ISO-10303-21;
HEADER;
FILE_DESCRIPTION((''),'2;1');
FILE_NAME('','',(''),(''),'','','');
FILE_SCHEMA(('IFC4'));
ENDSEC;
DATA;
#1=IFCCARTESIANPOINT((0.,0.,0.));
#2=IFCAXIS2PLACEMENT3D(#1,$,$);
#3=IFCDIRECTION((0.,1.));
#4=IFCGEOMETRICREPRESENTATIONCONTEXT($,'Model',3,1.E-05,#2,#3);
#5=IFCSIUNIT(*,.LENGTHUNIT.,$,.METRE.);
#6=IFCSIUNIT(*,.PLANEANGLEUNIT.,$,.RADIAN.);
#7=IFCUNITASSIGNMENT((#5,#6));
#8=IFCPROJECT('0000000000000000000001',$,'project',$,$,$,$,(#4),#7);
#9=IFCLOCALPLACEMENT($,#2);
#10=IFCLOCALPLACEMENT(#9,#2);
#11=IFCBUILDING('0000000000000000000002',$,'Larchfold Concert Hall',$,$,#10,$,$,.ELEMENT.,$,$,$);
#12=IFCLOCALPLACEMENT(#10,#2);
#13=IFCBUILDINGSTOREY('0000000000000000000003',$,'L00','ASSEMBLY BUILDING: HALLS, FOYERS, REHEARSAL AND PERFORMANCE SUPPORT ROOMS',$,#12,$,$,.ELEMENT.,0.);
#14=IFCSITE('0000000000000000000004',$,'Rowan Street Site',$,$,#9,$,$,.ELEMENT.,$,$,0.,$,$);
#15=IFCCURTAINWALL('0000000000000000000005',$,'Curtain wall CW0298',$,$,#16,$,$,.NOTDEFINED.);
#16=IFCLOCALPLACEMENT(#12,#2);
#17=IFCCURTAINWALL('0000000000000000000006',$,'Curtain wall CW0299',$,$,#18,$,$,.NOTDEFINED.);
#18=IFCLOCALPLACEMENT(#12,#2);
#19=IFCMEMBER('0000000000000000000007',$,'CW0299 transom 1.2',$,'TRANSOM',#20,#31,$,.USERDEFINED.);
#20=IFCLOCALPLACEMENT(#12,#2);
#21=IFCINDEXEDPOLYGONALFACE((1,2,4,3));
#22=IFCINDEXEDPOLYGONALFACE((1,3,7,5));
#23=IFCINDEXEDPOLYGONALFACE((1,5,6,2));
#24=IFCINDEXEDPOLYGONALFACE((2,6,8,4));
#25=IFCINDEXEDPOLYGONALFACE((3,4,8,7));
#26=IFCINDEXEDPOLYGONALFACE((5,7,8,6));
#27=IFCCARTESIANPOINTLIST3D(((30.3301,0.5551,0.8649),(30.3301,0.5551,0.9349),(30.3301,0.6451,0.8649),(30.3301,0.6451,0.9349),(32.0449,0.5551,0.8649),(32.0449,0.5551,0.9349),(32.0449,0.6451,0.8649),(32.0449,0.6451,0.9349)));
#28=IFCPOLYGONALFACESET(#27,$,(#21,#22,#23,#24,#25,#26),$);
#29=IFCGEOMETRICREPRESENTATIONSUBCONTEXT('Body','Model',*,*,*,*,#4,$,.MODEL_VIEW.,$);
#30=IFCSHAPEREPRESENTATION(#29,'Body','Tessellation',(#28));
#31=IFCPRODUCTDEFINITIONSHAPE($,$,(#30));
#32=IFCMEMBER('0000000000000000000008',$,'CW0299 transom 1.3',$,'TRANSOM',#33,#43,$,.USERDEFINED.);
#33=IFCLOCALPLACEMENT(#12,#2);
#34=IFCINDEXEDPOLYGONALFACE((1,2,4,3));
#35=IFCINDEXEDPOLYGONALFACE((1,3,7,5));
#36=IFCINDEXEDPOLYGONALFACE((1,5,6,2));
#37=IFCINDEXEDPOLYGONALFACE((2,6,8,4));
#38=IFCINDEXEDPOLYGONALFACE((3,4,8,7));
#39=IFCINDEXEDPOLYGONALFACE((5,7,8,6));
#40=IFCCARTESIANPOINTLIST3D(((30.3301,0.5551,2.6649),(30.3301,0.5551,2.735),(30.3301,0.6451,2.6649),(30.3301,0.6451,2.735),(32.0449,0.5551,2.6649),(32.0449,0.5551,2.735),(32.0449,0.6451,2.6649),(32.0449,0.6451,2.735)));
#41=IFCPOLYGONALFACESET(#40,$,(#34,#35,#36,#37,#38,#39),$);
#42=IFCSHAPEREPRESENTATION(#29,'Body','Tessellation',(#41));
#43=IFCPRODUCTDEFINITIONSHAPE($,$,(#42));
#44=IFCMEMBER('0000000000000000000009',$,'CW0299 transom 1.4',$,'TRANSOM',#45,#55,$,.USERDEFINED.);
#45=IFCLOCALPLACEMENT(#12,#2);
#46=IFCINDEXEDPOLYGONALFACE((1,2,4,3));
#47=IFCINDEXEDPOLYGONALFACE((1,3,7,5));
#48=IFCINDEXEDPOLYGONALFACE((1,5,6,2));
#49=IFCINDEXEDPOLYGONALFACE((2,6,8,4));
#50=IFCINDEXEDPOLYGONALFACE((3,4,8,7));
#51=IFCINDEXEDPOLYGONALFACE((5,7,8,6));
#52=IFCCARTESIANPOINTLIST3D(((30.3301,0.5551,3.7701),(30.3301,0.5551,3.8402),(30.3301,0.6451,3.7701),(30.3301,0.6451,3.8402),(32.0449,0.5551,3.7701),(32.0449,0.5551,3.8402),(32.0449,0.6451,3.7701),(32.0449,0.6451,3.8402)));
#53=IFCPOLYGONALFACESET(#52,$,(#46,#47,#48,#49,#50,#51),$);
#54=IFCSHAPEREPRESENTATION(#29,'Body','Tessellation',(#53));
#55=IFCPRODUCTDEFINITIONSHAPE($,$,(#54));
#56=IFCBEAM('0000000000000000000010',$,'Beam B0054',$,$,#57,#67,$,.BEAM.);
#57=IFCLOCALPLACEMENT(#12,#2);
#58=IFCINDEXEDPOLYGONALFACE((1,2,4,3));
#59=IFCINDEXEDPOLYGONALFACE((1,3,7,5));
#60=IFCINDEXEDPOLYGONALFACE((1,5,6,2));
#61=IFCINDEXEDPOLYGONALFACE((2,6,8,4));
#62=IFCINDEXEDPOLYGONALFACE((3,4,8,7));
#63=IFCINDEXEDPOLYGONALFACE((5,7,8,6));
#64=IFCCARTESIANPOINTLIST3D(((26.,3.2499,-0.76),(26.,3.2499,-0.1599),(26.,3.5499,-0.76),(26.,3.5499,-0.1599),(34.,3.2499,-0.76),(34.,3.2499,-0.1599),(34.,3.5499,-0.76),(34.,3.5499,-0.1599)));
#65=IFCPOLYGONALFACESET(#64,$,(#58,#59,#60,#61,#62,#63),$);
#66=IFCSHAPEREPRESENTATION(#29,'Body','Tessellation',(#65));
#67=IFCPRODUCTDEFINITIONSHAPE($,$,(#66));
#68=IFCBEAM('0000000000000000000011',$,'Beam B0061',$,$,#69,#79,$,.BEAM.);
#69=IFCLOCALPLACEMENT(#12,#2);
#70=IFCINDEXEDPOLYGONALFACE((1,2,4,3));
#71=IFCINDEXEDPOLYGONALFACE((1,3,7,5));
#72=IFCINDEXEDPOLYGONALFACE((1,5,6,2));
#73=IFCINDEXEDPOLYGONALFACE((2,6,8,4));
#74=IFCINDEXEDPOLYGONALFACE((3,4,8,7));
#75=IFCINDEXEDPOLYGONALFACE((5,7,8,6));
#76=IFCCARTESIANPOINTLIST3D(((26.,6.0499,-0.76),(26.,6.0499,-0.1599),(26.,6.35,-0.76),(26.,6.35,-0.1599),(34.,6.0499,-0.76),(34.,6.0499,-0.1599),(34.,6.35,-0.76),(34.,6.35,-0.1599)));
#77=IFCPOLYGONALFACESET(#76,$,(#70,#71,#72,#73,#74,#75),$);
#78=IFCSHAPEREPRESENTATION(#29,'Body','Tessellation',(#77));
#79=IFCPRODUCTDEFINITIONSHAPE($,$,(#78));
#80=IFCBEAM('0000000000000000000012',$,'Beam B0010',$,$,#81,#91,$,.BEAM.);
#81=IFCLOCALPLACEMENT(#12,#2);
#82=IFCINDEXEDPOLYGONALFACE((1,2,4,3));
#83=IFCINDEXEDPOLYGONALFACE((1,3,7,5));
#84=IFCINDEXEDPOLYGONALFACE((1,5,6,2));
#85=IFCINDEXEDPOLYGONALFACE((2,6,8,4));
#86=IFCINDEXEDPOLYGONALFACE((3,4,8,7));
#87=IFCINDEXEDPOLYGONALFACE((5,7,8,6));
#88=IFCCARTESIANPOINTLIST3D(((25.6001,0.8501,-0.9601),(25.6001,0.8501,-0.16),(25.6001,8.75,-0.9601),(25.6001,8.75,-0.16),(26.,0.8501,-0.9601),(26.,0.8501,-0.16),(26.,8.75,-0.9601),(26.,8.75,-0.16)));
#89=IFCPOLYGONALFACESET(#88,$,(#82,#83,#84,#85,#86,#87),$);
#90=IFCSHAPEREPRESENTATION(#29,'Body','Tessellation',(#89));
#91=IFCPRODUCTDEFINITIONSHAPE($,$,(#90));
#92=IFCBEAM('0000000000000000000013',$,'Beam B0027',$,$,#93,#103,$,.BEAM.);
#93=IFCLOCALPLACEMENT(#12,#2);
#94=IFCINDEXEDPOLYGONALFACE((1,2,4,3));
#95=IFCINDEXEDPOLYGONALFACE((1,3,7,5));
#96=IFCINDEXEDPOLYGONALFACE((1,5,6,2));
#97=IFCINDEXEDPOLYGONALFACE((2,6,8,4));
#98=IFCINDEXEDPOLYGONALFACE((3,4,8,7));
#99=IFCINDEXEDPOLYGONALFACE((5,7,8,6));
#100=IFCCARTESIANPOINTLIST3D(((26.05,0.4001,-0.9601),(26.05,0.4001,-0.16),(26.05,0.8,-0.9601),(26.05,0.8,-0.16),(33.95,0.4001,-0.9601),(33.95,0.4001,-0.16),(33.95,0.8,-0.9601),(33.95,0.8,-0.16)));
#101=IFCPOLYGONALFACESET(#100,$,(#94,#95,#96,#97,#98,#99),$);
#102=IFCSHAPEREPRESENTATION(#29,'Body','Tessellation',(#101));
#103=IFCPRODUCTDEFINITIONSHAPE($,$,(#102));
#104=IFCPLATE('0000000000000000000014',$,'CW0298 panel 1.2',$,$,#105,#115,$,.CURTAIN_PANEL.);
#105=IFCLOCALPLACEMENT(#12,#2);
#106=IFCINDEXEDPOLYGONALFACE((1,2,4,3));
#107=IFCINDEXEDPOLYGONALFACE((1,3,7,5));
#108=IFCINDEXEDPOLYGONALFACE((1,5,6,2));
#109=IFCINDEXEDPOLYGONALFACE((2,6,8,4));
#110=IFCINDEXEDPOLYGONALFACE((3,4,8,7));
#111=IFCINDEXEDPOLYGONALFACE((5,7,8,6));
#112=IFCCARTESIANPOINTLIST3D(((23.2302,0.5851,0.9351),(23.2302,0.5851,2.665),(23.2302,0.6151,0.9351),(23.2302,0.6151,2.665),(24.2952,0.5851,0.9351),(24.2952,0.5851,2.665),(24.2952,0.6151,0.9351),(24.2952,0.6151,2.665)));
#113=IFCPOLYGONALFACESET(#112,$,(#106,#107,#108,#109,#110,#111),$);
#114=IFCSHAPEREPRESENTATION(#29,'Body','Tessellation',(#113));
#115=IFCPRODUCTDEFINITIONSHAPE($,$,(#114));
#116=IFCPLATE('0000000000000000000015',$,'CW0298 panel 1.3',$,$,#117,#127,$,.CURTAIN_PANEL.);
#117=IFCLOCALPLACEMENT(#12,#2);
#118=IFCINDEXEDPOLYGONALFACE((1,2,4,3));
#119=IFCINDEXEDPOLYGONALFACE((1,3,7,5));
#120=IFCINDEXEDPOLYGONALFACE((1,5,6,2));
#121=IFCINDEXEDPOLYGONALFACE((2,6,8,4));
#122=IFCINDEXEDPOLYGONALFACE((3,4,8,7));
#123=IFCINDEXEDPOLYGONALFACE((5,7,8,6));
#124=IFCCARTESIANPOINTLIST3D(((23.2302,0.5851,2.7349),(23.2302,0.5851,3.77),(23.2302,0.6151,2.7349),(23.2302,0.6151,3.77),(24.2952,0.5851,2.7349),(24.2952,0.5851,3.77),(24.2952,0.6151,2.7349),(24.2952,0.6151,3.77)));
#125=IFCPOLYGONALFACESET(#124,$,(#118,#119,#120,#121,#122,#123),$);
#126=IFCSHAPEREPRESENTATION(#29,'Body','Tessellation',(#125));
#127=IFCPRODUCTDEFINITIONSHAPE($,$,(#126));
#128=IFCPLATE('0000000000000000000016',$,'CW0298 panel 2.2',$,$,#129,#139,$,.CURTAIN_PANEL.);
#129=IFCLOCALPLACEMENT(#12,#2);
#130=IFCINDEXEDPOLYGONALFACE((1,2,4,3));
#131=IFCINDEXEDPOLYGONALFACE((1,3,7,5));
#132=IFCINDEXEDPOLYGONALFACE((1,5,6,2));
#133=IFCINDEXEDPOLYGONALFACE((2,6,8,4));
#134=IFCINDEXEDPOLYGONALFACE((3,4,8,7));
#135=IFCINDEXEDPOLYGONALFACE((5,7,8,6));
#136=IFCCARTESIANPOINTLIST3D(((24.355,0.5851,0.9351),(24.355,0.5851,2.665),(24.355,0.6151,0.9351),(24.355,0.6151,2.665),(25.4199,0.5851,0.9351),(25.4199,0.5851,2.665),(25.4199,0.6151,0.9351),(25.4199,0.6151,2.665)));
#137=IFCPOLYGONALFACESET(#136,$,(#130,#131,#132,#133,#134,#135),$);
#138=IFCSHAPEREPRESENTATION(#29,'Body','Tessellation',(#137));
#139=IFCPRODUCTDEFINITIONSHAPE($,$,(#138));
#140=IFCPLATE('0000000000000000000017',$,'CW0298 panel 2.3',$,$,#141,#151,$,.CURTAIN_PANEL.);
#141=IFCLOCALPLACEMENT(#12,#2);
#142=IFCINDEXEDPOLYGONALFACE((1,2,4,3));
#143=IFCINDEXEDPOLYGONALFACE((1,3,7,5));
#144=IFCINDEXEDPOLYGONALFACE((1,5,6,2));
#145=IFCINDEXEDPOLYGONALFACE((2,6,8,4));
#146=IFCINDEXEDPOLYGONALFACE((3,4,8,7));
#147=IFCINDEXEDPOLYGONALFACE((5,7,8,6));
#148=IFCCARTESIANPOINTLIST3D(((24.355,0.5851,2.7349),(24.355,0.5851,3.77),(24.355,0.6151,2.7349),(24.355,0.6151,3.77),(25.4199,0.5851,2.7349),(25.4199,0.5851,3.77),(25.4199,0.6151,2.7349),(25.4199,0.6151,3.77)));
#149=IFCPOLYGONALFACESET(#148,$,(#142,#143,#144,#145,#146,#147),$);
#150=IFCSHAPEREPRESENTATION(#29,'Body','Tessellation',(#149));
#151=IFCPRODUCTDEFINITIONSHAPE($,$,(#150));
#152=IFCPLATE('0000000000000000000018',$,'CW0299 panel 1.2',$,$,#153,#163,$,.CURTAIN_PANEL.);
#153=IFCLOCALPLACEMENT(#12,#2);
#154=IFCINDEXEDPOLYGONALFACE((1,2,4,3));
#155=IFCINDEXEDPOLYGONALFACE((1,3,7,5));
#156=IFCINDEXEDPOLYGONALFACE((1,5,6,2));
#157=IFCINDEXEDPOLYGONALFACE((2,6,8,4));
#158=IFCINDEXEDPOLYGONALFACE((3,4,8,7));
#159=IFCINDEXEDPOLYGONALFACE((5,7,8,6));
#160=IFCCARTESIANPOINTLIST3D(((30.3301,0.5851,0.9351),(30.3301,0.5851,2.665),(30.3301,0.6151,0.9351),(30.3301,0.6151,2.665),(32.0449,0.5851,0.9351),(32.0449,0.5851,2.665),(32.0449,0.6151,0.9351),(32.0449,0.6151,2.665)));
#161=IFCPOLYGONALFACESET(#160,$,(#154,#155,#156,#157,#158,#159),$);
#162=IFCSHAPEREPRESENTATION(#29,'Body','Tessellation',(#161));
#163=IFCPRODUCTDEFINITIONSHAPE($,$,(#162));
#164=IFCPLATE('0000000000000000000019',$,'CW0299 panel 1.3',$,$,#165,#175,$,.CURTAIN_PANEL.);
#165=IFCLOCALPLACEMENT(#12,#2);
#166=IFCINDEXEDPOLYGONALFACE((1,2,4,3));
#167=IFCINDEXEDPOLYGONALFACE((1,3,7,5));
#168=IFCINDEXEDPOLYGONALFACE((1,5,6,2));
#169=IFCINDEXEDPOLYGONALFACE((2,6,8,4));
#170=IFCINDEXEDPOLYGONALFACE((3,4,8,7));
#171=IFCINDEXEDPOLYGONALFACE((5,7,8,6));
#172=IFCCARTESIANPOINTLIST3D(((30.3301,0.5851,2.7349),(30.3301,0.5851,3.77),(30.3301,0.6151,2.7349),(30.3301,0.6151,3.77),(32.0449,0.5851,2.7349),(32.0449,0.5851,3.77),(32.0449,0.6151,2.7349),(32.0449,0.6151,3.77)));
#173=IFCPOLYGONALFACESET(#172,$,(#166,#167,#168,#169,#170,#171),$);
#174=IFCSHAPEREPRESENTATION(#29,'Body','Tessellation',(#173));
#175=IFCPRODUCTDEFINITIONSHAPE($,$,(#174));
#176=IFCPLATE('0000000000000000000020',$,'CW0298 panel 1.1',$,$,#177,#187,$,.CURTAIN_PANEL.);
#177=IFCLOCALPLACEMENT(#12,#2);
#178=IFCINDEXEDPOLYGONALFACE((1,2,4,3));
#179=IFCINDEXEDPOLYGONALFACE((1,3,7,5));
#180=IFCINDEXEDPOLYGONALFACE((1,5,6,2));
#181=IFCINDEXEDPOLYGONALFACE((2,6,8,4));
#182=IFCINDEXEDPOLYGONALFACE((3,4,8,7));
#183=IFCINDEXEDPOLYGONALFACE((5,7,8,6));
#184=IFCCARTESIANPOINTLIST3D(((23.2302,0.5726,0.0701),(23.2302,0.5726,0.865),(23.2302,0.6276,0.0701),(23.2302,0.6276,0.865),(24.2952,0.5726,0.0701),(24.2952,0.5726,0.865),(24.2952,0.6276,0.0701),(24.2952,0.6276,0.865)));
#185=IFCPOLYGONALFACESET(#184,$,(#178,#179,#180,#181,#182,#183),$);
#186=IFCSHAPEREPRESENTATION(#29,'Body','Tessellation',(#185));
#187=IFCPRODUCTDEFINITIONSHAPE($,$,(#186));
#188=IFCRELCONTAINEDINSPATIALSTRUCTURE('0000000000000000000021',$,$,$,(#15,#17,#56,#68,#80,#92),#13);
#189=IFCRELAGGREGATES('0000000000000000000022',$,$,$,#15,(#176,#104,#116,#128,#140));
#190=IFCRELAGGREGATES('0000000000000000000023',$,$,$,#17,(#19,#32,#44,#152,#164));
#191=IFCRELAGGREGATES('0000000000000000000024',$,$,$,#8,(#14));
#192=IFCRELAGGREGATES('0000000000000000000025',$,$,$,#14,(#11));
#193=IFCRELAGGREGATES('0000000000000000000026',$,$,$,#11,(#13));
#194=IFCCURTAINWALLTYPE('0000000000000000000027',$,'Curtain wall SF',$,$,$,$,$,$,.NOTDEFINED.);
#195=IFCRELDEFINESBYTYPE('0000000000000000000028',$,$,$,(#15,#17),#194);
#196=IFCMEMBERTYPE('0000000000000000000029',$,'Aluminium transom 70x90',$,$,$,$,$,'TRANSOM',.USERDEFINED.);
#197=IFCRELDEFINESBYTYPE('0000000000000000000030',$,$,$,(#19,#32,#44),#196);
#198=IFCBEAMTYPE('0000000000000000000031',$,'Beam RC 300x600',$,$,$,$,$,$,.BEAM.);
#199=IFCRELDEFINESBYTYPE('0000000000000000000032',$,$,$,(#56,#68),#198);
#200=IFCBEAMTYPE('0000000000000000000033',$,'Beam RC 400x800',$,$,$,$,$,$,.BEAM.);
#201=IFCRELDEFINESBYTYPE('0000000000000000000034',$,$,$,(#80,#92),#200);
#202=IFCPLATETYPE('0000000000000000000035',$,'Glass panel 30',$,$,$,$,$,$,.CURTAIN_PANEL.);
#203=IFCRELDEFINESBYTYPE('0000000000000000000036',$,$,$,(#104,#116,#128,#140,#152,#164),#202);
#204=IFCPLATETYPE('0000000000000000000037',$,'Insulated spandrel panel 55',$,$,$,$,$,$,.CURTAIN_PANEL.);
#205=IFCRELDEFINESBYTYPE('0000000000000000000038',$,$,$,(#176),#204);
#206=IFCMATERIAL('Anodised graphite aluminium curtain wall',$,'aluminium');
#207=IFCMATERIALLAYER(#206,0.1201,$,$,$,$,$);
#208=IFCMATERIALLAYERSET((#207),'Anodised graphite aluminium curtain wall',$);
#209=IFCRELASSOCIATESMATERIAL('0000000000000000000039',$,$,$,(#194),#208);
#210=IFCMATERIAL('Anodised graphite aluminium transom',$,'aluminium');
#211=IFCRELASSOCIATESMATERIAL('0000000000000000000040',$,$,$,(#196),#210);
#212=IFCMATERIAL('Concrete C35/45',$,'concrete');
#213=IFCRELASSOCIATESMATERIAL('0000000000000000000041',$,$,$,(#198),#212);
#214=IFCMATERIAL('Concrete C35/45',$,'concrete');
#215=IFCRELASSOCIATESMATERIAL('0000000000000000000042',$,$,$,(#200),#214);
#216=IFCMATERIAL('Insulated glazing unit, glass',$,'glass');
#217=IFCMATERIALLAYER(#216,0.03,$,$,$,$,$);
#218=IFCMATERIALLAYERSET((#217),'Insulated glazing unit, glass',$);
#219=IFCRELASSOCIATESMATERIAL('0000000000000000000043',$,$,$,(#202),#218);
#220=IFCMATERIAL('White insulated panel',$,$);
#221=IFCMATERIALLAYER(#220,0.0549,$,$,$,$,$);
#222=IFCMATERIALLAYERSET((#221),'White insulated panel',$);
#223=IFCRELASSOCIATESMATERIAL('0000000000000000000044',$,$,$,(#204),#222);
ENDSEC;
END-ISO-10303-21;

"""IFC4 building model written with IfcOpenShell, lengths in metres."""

from ifc_helpers import new_model, si_unit, direction, frame, origin, origin_2d, place, context, subcontext, project, spatial, rectangle, extrude, material, layer, layer_set, material_profile, profile_set, type_object, element, aggregate, save


model = new_model("IFC4")

# Units and contexts
model_context = context("Model", 3, precision=1e-05, world=origin(), true_north=direction((0.0, 1.0)))
body_context = subcontext(model_context, "Body", "Model", "MODEL_VIEW")
ifc_project = project(units=[si_unit("LENGTHUNIT", "METRE"), si_unit("PLANEANGLEUNIT", "RADIAN")], contexts=[model_context])

# Site, building, storey
site_placement = place(None, origin())
site = spatial("IfcSite", under=ifc_project, at=site_placement, Name="Rowan Street Site", CompositionType="ELEMENT", RefElevation=0.0)
building_placement = place(site_placement, origin())
building = spatial("IfcBuilding", under=site, at=building_placement, Name="Larchfold Concert Hall", CompositionType="ELEMENT")
storey_placement = place(building_placement, origin())
storey = spatial("IfcBuildingStorey", under=building, at=storey_placement, Name="L00", Description="ASSEMBLY BUILDING: HALLS, FOYERS, REHEARSAL AND PERFORMANCE SUPPORT ROOMS", CompositionType="ELEMENT", Elevation=0.0)

# Curtain wall
ifc_material_1 = material(Name="Anodised graphite aluminium curtain wall", Category="aluminium")
ifc_layer_1 = layer(ifc_material_1, 0.1201)
ifc_layer_set_1 = layer_set([ifc_layer_1], Name="Anodised graphite aluminium curtain wall")
curtain_wall_type = type_object("IfcCurtainWallType", Name="Curtain wall SF", PredefinedType="NOTDEFINED", material=ifc_layer_set_1)
curtain_wall_1_placement = place(storey_placement, origin())
curtain_wall_1 = element("IfcCurtainWall", 1, at=curtain_wall_1_placement, inside=storey, type_object=curtain_wall_type, Name="Curtain wall CW0298", PredefinedType="NOTDEFINED")

# Curtain wall
curtain_wall_2_placement = place(storey_placement, origin())
curtain_wall_2 = element("IfcCurtainWall", 2, at=curtain_wall_2_placement, inside=storey, type_object=curtain_wall_type, Name="Curtain wall CW0299", PredefinedType="NOTDEFINED")

# Members
ifc_material_2 = material(Name="Anodised graphite aluminium transom", Category="aluminium")
ifc_material_profile_1 = material_profile(ifc_material_2, rectangle(XDim=0.0901, YDim=0.0701, at=origin_2d()))
ifc_profile_set_1 = profile_set([ifc_material_profile_1], Name="Anodised graphite aluminium transom")
member_type_1 = type_object("IfcMemberType", Name="Aluminium transom 70x90", ElementType="TRANSOM", PredefinedType="USERDEFINED", material=ifc_profile_set_1)
member_1_placement = place(storey_placement, frame((30.3301, 0.6001, 0.8999), z_axis=(1.0, 0.0, 0.0), x_axis=(0.0, 1.0, 0.0)))
member_1 = element("IfcMember", 3, at=member_1_placement, type_object=member_type_1, Name="CW0299 transom 1.2", ObjectType="TRANSOM", PredefinedType="USERDEFINED", context=body_context, shape_type="SweptSolid", body=[
    extrude(rectangle(XDim=0.0901, YDim=0.0701, at=origin_2d()), origin(), (0.0, 0.0, 1.0), 1.7148),
])
member_2_placement = place(storey_placement, frame((30.3301, 0.6001, 2.7), z_axis=(1.0, 0.0, 0.0), x_axis=(0.0, 1.0, 0.0)))
member_2 = element("IfcMember", 4, at=member_2_placement, type_object=member_type_1, Name="CW0299 transom 1.3", ObjectType="TRANSOM", PredefinedType="USERDEFINED", context=body_context, shape_type="SweptSolid", body=[
    extrude(rectangle(XDim=0.0901, YDim=0.0701, at=origin_2d()), origin(), (0.0, 0.0, 1.0), 1.7148),
])
member_3_placement = place(storey_placement, frame((30.3301, 0.6001, 3.8052), z_axis=(1.0, 0.0, 0.0), x_axis=(0.0, 1.0, 0.0)))
member_3 = element("IfcMember", 5, at=member_3_placement, type_object=member_type_1, Name="CW0299 transom 1.4", ObjectType="TRANSOM", PredefinedType="USERDEFINED", context=body_context, shape_type="SweptSolid", body=[
    extrude(rectangle(XDim=0.0901, YDim=0.0701, at=origin_2d()), origin(), (0.0, 0.0, 1.0), 1.7148),
])

# Beams
ifc_material_3 = material(Name="Concrete C35/45", Category="concrete")
ifc_material_profile_2 = material_profile(ifc_material_3, rectangle(XDim=0.3, YDim=0.6001, at=origin_2d()))
ifc_profile_set_2 = profile_set([ifc_material_profile_2], Name="Concrete C35/45")
beam_type_1 = type_object("IfcBeamType", Name="Beam RC 300x600", PredefinedType="BEAM", material=ifc_profile_set_2)
for number, where, z_axis, x_axis, name in (
    (6, (26.0, 3.3999, -0.46), (1.0, 0.0, 0.0), (0.0, 1.0, 0.0), "Beam B0054"),
    (7, (26.0, 6.2, -0.46), (1.0, 0.0, 0.0), (0.0, 1.0, 0.0), "Beam B0061"),
):
    element("IfcBeam", number, at=place(storey_placement, frame(where, z_axis=z_axis, x_axis=x_axis)), inside=storey, type_object=beam_type_1, Name=name, PredefinedType="BEAM", context=body_context, shape_type="SweptSolid", body=[
        extrude(rectangle(XDim=0.3, YDim=0.6001, at=origin_2d()), origin(), (0.0, 0.0, 1.0), 8.0),
    ])
ifc_material_4 = material(Name="Concrete C35/45", Category="concrete")
ifc_material_profile_3 = material_profile(ifc_material_4, rectangle(XDim=0.3999, YDim=0.8, at=origin_2d()))
ifc_profile_set_3 = profile_set([ifc_material_profile_3], Name="Concrete C35/45")
beam_type_2 = type_object("IfcBeamType", Name="Beam RC 400x800", PredefinedType="BEAM", material=ifc_profile_set_3)
for number, where, z_axis, x_axis, name in (
    (8, (25.8, 0.8501, -0.5601), (0.0, 1.0, 0.0), (-1.0, 0.0, 0.0), "Beam B0010"),
    (9, (26.05, 0.6001, -0.5601), (1.0, 0.0, 0.0), (0.0, 1.0, 0.0), "Beam B0027"),
):
    element("IfcBeam", number, at=place(storey_placement, frame(where, z_axis=z_axis, x_axis=x_axis)), inside=storey, type_object=beam_type_2, Name=name, PredefinedType="BEAM", context=body_context, shape_type="SweptSolid", body=[
        extrude(rectangle(XDim=0.3999, YDim=0.8, at=origin_2d()), origin(), (0.0, 0.0, 1.0), 7.8999),
    ])

# Plates
ifc_material_5 = material(Name="Insulated glazing unit, glass", Category="glass")
ifc_layer_2 = layer(ifc_material_5, 0.03)
ifc_layer_set_2 = layer_set([ifc_layer_2], Name="Insulated glazing unit, glass")
plate_type_1 = type_object("IfcPlateType", Name="Glass panel 30", PredefinedType="CURTAIN_PANEL", material=ifc_layer_set_2)
plate_1_placement = place(storey_placement, frame((23.7627, 0.6001, 0.9351), z_axis=(0.0, 0.0, 1.0), x_axis=(1.0, 0.0, 0.0)))
plate_1 = element("IfcPlate", 10, at=plate_1_placement, type_object=plate_type_1, Name="CW0298 panel 1.2", PredefinedType="CURTAIN_PANEL", context=body_context, shape_type="SweptSolid", body=[
    extrude(rectangle(XDim=1.0649, YDim=0.03, at=origin_2d()), origin(), (0.0, 0.0, 1.0), 1.73),
])
plate_2_placement = place(storey_placement, frame((23.7627, 0.6001, 2.7349), z_axis=(0.0, 0.0, 1.0), x_axis=(1.0, 0.0, 0.0)))
plate_2 = element("IfcPlate", 11, at=plate_2_placement, type_object=plate_type_1, Name="CW0298 panel 1.3", PredefinedType="CURTAIN_PANEL", context=body_context, shape_type="SweptSolid", body=[
    extrude(rectangle(XDim=1.0649, YDim=0.03, at=origin_2d()), origin(), (0.0, 0.0, 1.0), 1.0352),
])
plate_3_placement = place(storey_placement, frame((24.8875, 0.6001, 0.9351), z_axis=(0.0, 0.0, 1.0), x_axis=(1.0, 0.0, 0.0)))
plate_3 = element("IfcPlate", 12, at=plate_3_placement, type_object=plate_type_1, Name="CW0298 panel 2.2", PredefinedType="CURTAIN_PANEL", context=body_context, shape_type="SweptSolid", body=[
    extrude(rectangle(XDim=1.0649, YDim=0.03, at=origin_2d()), origin(), (0.0, 0.0, 1.0), 1.73),
])
plate_4_placement = place(storey_placement, frame((24.8875, 0.6001, 2.7349), z_axis=(0.0, 0.0, 1.0), x_axis=(1.0, 0.0, 0.0)))
plate_4 = element("IfcPlate", 13, at=plate_4_placement, type_object=plate_type_1, Name="CW0298 panel 2.3", PredefinedType="CURTAIN_PANEL", context=body_context, shape_type="SweptSolid", body=[
    extrude(rectangle(XDim=1.0649, YDim=0.03, at=origin_2d()), origin(), (0.0, 0.0, 1.0), 1.0352),
])
plate_5_placement = place(storey_placement, frame((31.1875, 0.6001, 0.9351), z_axis=(0.0, 0.0, 1.0), x_axis=(1.0, 0.0, 0.0)))
plate_5 = element("IfcPlate", 14, at=plate_5_placement, type_object=plate_type_1, Name="CW0299 panel 1.2", PredefinedType="CURTAIN_PANEL", context=body_context, shape_type="SweptSolid", body=[
    extrude(rectangle(XDim=1.7148, YDim=0.03, at=origin_2d()), origin(), (0.0, 0.0, 1.0), 1.73),
])
plate_6_placement = place(storey_placement, frame((31.1875, 0.6001, 2.7349), z_axis=(0.0, 0.0, 1.0), x_axis=(1.0, 0.0, 0.0)))
plate_6 = element("IfcPlate", 15, at=plate_6_placement, type_object=plate_type_1, Name="CW0299 panel 1.3", PredefinedType="CURTAIN_PANEL", context=body_context, shape_type="SweptSolid", body=[
    extrude(rectangle(XDim=1.7148, YDim=0.03, at=origin_2d()), origin(), (0.0, 0.0, 1.0), 1.0352),
])
ifc_material_6 = material(Name="White insulated panel")
ifc_layer_3 = layer(ifc_material_6, 0.0549)
ifc_layer_set_3 = layer_set([ifc_layer_3], Name="White insulated panel")
plate_type_2 = type_object("IfcPlateType", Name="Insulated spandrel panel 55", PredefinedType="CURTAIN_PANEL", material=ifc_layer_set_3)
plate_7_placement = place(storey_placement, frame((23.7627, 0.6001, 0.0701), z_axis=(0.0, 0.0, 1.0), x_axis=(1.0, 0.0, 0.0)))
plate_7 = element("IfcPlate", 16, at=plate_7_placement, type_object=plate_type_2, Name="CW0298 panel 1.1", PredefinedType="CURTAIN_PANEL", context=body_context, shape_type="SweptSolid", body=[
    extrude(rectangle(XDim=1.0649, YDim=0.0549, at=origin_2d()), origin(), (0.0, 0.0, 1.0), 0.7949),
])
aggregate(curtain_wall_1, [plate_7, plate_1, plate_2, plate_3, plate_4])
aggregate(curtain_wall_2, [member_1, member_2, member_3, plate_5, plate_6])

save(model, "model.ifc")
